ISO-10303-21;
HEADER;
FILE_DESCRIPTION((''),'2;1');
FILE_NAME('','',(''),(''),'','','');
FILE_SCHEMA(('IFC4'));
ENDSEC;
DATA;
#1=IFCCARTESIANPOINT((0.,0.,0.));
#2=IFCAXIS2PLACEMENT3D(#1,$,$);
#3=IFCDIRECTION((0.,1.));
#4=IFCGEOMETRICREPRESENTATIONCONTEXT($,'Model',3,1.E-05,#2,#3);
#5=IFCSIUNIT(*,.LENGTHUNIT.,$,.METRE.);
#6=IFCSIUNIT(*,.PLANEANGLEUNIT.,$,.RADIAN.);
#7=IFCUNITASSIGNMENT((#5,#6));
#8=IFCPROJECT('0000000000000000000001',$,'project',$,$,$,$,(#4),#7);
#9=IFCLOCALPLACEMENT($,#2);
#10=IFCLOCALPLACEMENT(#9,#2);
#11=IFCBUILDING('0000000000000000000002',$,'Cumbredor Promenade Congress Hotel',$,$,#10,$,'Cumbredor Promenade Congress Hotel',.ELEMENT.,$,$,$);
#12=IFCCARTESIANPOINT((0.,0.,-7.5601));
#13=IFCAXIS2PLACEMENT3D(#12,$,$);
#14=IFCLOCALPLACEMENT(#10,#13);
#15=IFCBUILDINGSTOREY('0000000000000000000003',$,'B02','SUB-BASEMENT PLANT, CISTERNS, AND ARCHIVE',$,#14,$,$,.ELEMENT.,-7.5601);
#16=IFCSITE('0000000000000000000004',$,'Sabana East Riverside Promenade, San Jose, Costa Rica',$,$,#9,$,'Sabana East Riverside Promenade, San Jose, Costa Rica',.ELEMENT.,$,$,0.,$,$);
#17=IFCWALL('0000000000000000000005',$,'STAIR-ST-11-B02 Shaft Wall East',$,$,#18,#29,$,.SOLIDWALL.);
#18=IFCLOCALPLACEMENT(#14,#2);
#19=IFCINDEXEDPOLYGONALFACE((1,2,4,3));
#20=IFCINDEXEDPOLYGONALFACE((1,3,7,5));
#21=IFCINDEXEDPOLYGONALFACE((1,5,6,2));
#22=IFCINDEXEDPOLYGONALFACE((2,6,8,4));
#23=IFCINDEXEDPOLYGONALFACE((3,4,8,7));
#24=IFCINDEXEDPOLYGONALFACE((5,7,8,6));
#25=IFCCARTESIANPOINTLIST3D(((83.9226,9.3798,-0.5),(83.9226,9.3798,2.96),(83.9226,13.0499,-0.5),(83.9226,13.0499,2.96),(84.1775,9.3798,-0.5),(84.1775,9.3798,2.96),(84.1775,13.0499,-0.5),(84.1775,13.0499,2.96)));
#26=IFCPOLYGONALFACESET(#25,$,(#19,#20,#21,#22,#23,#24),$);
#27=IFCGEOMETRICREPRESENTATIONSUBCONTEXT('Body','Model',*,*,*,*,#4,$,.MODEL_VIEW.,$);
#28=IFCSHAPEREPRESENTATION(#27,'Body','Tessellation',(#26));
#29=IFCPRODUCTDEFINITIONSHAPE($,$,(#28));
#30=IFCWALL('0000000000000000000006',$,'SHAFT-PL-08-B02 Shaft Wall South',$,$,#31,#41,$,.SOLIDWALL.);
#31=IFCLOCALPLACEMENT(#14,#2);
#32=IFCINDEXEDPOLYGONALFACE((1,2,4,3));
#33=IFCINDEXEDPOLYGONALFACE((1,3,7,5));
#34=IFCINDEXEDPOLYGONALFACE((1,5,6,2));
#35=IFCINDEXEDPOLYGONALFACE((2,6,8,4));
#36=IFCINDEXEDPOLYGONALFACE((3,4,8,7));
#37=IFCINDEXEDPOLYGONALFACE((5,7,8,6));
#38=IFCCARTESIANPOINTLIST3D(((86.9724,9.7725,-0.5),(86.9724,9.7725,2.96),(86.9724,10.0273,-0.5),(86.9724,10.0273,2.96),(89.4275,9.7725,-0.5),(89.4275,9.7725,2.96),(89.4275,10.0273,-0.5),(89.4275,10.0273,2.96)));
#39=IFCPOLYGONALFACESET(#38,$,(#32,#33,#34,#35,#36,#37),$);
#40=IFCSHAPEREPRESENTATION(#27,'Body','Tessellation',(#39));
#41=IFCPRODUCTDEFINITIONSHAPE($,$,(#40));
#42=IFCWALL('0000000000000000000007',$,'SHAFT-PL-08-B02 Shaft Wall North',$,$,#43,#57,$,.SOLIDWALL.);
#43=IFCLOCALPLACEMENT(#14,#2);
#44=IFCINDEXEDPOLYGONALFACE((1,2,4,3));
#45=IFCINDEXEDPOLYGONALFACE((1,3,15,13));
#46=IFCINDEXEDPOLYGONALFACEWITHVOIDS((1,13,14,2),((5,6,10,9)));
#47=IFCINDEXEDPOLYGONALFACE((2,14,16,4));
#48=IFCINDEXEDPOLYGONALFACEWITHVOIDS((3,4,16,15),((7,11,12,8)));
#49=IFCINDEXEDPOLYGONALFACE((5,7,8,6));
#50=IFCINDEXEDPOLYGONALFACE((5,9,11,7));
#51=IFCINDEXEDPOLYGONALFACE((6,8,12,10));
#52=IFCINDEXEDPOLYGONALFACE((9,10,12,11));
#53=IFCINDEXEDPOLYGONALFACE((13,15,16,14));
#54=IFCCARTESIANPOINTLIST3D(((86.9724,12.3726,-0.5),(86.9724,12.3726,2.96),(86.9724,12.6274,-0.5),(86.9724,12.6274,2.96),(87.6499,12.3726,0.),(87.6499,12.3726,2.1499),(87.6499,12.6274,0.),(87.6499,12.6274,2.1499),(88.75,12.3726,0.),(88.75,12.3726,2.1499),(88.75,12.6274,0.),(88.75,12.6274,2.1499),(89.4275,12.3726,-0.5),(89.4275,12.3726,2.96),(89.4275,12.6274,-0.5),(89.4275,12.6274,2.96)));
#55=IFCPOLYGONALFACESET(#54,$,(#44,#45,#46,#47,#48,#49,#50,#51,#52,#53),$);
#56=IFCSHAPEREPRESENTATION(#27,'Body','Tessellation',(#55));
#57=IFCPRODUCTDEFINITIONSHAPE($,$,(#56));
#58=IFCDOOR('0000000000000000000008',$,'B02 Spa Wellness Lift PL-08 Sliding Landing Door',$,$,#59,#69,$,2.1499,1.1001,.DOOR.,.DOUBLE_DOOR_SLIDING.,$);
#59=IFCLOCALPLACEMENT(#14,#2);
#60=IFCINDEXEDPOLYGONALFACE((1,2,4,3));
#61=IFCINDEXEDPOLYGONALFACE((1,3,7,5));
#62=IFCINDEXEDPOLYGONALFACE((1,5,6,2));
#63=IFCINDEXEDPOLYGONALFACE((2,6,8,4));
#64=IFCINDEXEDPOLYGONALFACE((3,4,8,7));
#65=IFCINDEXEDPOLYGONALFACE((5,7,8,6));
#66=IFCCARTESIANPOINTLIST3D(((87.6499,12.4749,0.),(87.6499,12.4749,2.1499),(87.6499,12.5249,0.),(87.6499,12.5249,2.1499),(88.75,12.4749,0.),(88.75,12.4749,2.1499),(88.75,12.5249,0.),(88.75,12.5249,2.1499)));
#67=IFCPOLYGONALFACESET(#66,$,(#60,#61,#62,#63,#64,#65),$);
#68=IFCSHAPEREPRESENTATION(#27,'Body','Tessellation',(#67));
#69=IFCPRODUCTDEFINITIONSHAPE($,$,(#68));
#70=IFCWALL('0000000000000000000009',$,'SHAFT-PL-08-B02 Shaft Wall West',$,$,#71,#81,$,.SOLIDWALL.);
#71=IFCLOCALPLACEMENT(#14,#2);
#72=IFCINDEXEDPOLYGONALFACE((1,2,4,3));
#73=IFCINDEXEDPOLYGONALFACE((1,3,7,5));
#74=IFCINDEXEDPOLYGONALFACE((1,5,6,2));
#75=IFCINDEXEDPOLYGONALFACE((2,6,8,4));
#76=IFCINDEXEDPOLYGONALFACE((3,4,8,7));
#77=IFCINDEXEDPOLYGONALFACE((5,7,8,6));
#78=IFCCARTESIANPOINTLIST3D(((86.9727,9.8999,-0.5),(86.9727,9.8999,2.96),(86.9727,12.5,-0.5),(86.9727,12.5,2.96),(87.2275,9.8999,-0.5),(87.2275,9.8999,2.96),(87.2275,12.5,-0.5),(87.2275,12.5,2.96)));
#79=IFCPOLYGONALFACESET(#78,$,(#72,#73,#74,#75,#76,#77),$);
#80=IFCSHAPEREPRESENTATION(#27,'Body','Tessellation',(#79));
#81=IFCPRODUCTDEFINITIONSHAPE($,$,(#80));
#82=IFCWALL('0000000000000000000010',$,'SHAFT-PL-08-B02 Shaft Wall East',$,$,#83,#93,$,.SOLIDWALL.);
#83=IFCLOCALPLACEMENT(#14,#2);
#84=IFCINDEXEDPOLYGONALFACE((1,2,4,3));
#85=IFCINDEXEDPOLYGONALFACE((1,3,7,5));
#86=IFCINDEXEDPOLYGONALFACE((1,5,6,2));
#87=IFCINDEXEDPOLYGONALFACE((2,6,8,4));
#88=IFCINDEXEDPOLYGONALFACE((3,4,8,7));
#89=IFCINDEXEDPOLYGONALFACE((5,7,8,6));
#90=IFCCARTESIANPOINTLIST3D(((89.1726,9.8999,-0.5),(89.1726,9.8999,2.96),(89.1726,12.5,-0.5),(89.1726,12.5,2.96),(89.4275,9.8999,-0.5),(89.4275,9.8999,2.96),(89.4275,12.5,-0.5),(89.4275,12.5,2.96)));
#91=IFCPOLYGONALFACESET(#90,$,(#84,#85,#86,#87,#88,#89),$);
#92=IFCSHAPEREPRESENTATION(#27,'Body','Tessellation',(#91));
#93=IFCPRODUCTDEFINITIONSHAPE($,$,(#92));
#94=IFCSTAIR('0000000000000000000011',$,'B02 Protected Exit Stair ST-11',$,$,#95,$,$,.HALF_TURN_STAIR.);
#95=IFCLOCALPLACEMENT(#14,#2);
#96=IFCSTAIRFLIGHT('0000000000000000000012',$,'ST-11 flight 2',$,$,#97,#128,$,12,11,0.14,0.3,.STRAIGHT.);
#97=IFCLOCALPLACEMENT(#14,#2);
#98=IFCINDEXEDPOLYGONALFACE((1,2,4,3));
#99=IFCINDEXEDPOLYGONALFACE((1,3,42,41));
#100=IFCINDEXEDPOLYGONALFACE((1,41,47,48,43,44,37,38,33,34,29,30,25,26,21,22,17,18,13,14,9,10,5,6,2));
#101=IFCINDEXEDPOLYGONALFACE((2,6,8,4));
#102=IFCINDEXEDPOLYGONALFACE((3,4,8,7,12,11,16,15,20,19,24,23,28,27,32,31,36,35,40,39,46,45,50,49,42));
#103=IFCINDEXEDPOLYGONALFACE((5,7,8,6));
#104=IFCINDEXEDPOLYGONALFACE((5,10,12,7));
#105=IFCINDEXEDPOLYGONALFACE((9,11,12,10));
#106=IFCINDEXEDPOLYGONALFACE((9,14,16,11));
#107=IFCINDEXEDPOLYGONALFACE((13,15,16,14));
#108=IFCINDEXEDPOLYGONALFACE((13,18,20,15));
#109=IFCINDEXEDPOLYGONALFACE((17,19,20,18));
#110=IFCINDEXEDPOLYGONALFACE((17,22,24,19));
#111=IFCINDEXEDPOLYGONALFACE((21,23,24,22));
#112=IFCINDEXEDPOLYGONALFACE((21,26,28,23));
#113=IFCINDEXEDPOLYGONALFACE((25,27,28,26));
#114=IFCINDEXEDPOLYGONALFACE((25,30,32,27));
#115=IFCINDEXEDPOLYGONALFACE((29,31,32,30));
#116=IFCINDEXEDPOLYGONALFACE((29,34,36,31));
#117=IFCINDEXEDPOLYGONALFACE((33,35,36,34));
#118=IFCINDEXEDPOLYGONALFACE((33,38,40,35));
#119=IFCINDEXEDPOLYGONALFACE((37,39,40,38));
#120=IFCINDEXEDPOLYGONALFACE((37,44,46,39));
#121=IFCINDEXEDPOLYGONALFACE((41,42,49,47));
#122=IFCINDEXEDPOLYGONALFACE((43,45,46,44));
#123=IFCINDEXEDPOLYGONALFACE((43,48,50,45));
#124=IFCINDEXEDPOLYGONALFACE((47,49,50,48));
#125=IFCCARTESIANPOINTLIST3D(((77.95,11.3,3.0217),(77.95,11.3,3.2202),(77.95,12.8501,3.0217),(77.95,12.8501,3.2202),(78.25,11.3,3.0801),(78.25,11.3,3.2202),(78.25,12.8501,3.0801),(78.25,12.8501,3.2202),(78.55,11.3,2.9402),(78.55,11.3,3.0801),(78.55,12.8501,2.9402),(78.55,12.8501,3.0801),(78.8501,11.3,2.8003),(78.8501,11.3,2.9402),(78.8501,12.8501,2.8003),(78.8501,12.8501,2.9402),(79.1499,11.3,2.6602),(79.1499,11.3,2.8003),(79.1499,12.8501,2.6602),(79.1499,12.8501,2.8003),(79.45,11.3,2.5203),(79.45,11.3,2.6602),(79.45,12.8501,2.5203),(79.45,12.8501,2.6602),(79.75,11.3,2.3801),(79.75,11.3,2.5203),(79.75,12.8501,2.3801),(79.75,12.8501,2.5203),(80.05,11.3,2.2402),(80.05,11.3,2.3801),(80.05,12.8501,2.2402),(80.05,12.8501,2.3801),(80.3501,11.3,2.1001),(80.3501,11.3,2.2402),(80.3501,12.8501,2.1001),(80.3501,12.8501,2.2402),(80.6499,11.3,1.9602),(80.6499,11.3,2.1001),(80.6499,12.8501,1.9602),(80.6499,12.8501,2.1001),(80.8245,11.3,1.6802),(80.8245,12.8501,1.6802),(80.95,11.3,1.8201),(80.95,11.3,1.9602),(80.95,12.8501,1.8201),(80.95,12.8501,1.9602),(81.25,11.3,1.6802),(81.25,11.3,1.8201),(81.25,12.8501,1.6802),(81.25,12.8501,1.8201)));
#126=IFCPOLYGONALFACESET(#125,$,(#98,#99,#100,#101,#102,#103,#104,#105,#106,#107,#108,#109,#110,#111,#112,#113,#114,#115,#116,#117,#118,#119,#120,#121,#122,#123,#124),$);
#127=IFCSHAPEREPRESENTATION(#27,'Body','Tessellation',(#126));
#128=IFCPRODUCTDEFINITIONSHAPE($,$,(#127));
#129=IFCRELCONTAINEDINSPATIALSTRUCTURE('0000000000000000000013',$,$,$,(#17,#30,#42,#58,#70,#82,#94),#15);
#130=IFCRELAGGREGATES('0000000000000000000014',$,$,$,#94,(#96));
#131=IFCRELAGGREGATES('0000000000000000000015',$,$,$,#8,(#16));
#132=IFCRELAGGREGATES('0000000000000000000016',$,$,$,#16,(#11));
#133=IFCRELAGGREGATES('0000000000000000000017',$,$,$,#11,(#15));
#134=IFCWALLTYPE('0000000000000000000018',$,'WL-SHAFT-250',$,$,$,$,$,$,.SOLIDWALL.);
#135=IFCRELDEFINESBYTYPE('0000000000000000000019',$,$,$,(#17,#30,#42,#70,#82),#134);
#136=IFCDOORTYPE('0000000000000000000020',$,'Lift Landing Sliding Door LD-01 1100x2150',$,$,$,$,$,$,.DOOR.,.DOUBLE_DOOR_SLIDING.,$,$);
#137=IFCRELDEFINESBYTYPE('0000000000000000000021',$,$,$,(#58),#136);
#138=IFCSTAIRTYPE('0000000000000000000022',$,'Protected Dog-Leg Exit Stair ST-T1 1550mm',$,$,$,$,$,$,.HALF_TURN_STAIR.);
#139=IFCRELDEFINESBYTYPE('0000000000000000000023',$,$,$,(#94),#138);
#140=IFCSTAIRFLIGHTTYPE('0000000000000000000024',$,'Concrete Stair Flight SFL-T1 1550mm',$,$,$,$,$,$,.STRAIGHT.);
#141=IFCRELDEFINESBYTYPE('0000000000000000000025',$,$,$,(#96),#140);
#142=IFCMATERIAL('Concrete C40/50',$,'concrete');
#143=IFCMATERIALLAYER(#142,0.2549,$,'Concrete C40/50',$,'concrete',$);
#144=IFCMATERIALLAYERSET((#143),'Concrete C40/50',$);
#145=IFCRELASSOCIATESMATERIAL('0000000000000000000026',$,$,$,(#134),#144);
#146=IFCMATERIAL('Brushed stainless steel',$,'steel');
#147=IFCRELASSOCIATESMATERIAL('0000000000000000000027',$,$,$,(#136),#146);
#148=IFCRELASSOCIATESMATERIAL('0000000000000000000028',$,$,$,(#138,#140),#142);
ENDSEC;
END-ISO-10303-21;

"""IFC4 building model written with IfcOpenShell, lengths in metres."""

from ifc_helpers import new_model, si_unit, direction, frame, frame_2d, origin, place, context, subcontext, project, spatial, polyline, rectangle, outline, extrude, material, layer, layer_set, type_object, element, fill, aggregate, save


model = new_model("IFC4")

# Units and contexts
model_context = context("Model", 3, precision=1e-05, world=origin(), true_north=direction((0.0, 1.0)))
body_context = subcontext(model_context, "Body", "Model", "MODEL_VIEW")
ifc_project = project(units=[si_unit("LENGTHUNIT", "METRE"), si_unit("PLANEANGLEUNIT", "RADIAN")], contexts=[model_context])

# Site, building, storey
site_placement = place(None, origin())
site = spatial("IfcSite", under=ifc_project, at=site_placement, Name="Sabana East Riverside Promenade, San Jose, Costa Rica", LongName="Sabana East Riverside Promenade, San Jose, Costa Rica", CompositionType="ELEMENT", RefElevation=0.0)
building_placement = place(site_placement, origin())
building = spatial("IfcBuilding", under=site, at=building_placement, Name="Cumbredor Promenade Congress Hotel", LongName="Cumbredor Promenade Congress Hotel", CompositionType="ELEMENT")
storey_placement = place(building_placement, frame((0.0, 0.0, -7.5601)))
storey = spatial("IfcBuildingStorey", under=building, at=storey_placement, Name="B02", Description="SUB-BASEMENT PLANT, CISTERNS, AND ARCHIVE", CompositionType="ELEMENT", Elevation=-7.5601)

# Shared definitions
ifc_material_1 = material(Name="Concrete C40/50", Category="concrete")

# Walls
ifc_layer = layer(ifc_material_1, 0.2549, Name="Concrete C40/50", Category="concrete")
ifc_layer_set = layer_set([ifc_layer], Name="Concrete C40/50")
wall_type = type_object("IfcWallType", Name="WL-SHAFT-250", PredefinedType="SOLIDWALL", material=ifc_layer_set)
wall_1_placement = place(storey_placement, frame((84.05, 9.3799, -0.5), z_axis=(0.0, 0.0, 1.0), x_axis=(0.0, 1.0, 0.0)))
element("IfcWall", 1, at=wall_1_placement, inside=storey, type_object=wall_type, Name="STAIR-ST-11-B02 Shaft Wall East", PredefinedType="SOLIDWALL", context=body_context, shape_type="SweptSolid", body=[
    extrude(rectangle(XDim=3.6702, YDim=0.2549, at=frame_2d((1.835, 0.0))), origin(), (0.0, 0.0, 1.0), 3.46),
])
wall_2_placement = place(storey_placement, frame((86.9724, 9.8999, -0.5), z_axis=(0.0, 0.0, 1.0), x_axis=(1.0, 0.0, 0.0)))
element("IfcWall", 2, at=wall_2_placement, inside=storey, type_object=wall_type, Name="SHAFT-PL-08-B02 Shaft Wall South", PredefinedType="SOLIDWALL", context=body_context, shape_type="SweptSolid", body=[
    extrude(rectangle(XDim=2.4551, YDim=0.2549, at=frame_2d((1.2275, 0.0))), origin(), (0.0, 0.0, 1.0), 3.46),
])

# Wall, opening, door
wall_3_placement = place(storey_placement, frame((86.9724, 12.5, -0.5), z_axis=(0.0, 0.0, 1.0), x_axis=(1.0, 0.0, 0.0)))
wall_3 = element("IfcWall", 3, at=wall_3_placement, inside=storey, type_object=wall_type, Name="SHAFT-PL-08-B02 Shaft Wall North", PredefinedType="SOLIDWALL", context=body_context, shape_type="SweptSolid", body=[
    extrude(rectangle(XDim=2.4551, YDim=0.2549, at=frame_2d((1.2275, 0.0))), origin(), (0.0, 0.0, 1.0), 3.46),
])
opening_placement = place(wall_3_placement, frame((0.6775, 0.0, 0.5)))
opening = element("IfcOpeningElement", 4, at=opening_placement, cuts=wall_3, PredefinedType="OPENING", context=body_context, shape_type="SweptSolid", body=[
    extrude(rectangle(XDim=1.1001, YDim=2.1499, at=frame_2d((0.55, 1.075))), frame((0.0, 0.1375, 0.0), z_axis=(0.0, -1.0, 0.0), x_axis=(1.0, 0.0, 0.0)), (0.0, 0.0, 1.0), 0.2749),
])
ifc_material_2 = material(Name="Brushed stainless steel", Category="steel")
door_type = type_object("IfcDoorType", Name="Lift Landing Sliding Door LD-01 1100x2150", OperationType="DOUBLE_DOOR_SLIDING", PredefinedType="DOOR", material=ifc_material_2)
door_placement = place(opening_placement, origin())
door = element("IfcDoor", 5, at=door_placement, inside=storey, type_object=door_type, Name="B02 Spa Wellness Lift PL-08 Sliding Landing Door", OperationType="DOUBLE_DOOR_SLIDING", OverallHeight=2.1499, OverallWidth=1.1001, PredefinedType="DOOR", context=body_context, shape_type="SweptSolid", body=[
    extrude(rectangle(XDim=1.1001, YDim=2.1499, at=frame_2d((0.55, 1.075))), frame((0.0, 0.0249, 0.0), z_axis=(0.0, -1.0, 0.0), x_axis=(1.0, 0.0, 0.0)), (0.0, 0.0, 1.0), 0.05),
])
fill(opening, door)

# Walls
for number, where, z_axis, x_axis, name in (
    (6, (87.1001, 9.8999, -0.5), (0.0, 0.0, 1.0), (0.0, 1.0, 0.0), "SHAFT-PL-08-B02 Shaft Wall West"),
    (7, (89.3, 9.8999, -0.5), (0.0, 0.0, 1.0), (0.0, 1.0, 0.0), "SHAFT-PL-08-B02 Shaft Wall East"),
):
    element("IfcWall", number, at=place(storey_placement, frame(where, z_axis=z_axis, x_axis=x_axis)), inside=storey, type_object=wall_type, Name=name, PredefinedType="SOLIDWALL", context=body_context, shape_type="SweptSolid", body=[
        extrude(rectangle(XDim=2.6001, YDim=0.2549, at=frame_2d((1.3, 0.0))), origin(), (0.0, 0.0, 1.0), 3.46),
    ])

# Stair, stair flight
stair_type = type_object("IfcStairType", Name="Protected Dog-Leg Exit Stair ST-T1 1550mm", PredefinedType="HALF_TURN_STAIR", material=ifc_material_1)
stair_placement = place(storey_placement, origin())
stair = element("IfcStair", 8, at=stair_placement, inside=storey, type_object=stair_type, Name="B02 Protected Exit Stair ST-11", PredefinedType="HALF_TURN_STAIR")
stair_flight_type = type_object("IfcStairFlightType", Name="Concrete Stair Flight SFL-T1 1550mm", PredefinedType="STRAIGHT", material=ifc_material_1)
stair_flight_placement = place(storey_placement, frame((81.25, 12.075, 1.6802), z_axis=(0.0, 0.0, 1.0), x_axis=(-1.0, 0.0, 0.0)))
stair_flight = element("IfcStairFlight", 9, at=stair_flight_placement, type_object=stair_flight_type, Name="ST-11 flight 2", NumberOfRisers=12, NumberOfTreads=11, PredefinedType="STRAIGHT", RiserHeight=0.14, TreadLength=0.3, context=body_context, shape_type="SweptSolid", body=[
    extrude(outline(polyline([(0.0, 0.0), (0.0, 0.1399), (0.3, 0.1399), (0.3, 0.28), (0.6001, 0.28), (0.6001, 0.4199), (0.8999, 0.4199), (0.8999, 0.5601), (1.2, 0.5601), (1.2, 0.7), (1.5, 0.7), (1.5, 0.8401), (1.8, 0.8401), (1.8, 0.98), (2.1001, 0.98), (2.1001, 1.1201), (2.3999, 1.1201), (2.3999, 1.26), (2.7, 1.26), (2.7, 1.3999), (3.0, 1.3999), (3.0, 1.54), (3.3, 1.54), (3.3, 1.6799), (3.3, 1.3416), (0.4255, 0.0), (0.0, 0.0)])), frame((0.0, 0.7749, 0.0), z_axis=(0.0, -1.0, 0.0), x_axis=(1.0, 0.0, 0.0)), (0.0, 0.0, 1.0), 1.55),
])
aggregate(stair, [stair_flight])

save(model, "model.ifc")
